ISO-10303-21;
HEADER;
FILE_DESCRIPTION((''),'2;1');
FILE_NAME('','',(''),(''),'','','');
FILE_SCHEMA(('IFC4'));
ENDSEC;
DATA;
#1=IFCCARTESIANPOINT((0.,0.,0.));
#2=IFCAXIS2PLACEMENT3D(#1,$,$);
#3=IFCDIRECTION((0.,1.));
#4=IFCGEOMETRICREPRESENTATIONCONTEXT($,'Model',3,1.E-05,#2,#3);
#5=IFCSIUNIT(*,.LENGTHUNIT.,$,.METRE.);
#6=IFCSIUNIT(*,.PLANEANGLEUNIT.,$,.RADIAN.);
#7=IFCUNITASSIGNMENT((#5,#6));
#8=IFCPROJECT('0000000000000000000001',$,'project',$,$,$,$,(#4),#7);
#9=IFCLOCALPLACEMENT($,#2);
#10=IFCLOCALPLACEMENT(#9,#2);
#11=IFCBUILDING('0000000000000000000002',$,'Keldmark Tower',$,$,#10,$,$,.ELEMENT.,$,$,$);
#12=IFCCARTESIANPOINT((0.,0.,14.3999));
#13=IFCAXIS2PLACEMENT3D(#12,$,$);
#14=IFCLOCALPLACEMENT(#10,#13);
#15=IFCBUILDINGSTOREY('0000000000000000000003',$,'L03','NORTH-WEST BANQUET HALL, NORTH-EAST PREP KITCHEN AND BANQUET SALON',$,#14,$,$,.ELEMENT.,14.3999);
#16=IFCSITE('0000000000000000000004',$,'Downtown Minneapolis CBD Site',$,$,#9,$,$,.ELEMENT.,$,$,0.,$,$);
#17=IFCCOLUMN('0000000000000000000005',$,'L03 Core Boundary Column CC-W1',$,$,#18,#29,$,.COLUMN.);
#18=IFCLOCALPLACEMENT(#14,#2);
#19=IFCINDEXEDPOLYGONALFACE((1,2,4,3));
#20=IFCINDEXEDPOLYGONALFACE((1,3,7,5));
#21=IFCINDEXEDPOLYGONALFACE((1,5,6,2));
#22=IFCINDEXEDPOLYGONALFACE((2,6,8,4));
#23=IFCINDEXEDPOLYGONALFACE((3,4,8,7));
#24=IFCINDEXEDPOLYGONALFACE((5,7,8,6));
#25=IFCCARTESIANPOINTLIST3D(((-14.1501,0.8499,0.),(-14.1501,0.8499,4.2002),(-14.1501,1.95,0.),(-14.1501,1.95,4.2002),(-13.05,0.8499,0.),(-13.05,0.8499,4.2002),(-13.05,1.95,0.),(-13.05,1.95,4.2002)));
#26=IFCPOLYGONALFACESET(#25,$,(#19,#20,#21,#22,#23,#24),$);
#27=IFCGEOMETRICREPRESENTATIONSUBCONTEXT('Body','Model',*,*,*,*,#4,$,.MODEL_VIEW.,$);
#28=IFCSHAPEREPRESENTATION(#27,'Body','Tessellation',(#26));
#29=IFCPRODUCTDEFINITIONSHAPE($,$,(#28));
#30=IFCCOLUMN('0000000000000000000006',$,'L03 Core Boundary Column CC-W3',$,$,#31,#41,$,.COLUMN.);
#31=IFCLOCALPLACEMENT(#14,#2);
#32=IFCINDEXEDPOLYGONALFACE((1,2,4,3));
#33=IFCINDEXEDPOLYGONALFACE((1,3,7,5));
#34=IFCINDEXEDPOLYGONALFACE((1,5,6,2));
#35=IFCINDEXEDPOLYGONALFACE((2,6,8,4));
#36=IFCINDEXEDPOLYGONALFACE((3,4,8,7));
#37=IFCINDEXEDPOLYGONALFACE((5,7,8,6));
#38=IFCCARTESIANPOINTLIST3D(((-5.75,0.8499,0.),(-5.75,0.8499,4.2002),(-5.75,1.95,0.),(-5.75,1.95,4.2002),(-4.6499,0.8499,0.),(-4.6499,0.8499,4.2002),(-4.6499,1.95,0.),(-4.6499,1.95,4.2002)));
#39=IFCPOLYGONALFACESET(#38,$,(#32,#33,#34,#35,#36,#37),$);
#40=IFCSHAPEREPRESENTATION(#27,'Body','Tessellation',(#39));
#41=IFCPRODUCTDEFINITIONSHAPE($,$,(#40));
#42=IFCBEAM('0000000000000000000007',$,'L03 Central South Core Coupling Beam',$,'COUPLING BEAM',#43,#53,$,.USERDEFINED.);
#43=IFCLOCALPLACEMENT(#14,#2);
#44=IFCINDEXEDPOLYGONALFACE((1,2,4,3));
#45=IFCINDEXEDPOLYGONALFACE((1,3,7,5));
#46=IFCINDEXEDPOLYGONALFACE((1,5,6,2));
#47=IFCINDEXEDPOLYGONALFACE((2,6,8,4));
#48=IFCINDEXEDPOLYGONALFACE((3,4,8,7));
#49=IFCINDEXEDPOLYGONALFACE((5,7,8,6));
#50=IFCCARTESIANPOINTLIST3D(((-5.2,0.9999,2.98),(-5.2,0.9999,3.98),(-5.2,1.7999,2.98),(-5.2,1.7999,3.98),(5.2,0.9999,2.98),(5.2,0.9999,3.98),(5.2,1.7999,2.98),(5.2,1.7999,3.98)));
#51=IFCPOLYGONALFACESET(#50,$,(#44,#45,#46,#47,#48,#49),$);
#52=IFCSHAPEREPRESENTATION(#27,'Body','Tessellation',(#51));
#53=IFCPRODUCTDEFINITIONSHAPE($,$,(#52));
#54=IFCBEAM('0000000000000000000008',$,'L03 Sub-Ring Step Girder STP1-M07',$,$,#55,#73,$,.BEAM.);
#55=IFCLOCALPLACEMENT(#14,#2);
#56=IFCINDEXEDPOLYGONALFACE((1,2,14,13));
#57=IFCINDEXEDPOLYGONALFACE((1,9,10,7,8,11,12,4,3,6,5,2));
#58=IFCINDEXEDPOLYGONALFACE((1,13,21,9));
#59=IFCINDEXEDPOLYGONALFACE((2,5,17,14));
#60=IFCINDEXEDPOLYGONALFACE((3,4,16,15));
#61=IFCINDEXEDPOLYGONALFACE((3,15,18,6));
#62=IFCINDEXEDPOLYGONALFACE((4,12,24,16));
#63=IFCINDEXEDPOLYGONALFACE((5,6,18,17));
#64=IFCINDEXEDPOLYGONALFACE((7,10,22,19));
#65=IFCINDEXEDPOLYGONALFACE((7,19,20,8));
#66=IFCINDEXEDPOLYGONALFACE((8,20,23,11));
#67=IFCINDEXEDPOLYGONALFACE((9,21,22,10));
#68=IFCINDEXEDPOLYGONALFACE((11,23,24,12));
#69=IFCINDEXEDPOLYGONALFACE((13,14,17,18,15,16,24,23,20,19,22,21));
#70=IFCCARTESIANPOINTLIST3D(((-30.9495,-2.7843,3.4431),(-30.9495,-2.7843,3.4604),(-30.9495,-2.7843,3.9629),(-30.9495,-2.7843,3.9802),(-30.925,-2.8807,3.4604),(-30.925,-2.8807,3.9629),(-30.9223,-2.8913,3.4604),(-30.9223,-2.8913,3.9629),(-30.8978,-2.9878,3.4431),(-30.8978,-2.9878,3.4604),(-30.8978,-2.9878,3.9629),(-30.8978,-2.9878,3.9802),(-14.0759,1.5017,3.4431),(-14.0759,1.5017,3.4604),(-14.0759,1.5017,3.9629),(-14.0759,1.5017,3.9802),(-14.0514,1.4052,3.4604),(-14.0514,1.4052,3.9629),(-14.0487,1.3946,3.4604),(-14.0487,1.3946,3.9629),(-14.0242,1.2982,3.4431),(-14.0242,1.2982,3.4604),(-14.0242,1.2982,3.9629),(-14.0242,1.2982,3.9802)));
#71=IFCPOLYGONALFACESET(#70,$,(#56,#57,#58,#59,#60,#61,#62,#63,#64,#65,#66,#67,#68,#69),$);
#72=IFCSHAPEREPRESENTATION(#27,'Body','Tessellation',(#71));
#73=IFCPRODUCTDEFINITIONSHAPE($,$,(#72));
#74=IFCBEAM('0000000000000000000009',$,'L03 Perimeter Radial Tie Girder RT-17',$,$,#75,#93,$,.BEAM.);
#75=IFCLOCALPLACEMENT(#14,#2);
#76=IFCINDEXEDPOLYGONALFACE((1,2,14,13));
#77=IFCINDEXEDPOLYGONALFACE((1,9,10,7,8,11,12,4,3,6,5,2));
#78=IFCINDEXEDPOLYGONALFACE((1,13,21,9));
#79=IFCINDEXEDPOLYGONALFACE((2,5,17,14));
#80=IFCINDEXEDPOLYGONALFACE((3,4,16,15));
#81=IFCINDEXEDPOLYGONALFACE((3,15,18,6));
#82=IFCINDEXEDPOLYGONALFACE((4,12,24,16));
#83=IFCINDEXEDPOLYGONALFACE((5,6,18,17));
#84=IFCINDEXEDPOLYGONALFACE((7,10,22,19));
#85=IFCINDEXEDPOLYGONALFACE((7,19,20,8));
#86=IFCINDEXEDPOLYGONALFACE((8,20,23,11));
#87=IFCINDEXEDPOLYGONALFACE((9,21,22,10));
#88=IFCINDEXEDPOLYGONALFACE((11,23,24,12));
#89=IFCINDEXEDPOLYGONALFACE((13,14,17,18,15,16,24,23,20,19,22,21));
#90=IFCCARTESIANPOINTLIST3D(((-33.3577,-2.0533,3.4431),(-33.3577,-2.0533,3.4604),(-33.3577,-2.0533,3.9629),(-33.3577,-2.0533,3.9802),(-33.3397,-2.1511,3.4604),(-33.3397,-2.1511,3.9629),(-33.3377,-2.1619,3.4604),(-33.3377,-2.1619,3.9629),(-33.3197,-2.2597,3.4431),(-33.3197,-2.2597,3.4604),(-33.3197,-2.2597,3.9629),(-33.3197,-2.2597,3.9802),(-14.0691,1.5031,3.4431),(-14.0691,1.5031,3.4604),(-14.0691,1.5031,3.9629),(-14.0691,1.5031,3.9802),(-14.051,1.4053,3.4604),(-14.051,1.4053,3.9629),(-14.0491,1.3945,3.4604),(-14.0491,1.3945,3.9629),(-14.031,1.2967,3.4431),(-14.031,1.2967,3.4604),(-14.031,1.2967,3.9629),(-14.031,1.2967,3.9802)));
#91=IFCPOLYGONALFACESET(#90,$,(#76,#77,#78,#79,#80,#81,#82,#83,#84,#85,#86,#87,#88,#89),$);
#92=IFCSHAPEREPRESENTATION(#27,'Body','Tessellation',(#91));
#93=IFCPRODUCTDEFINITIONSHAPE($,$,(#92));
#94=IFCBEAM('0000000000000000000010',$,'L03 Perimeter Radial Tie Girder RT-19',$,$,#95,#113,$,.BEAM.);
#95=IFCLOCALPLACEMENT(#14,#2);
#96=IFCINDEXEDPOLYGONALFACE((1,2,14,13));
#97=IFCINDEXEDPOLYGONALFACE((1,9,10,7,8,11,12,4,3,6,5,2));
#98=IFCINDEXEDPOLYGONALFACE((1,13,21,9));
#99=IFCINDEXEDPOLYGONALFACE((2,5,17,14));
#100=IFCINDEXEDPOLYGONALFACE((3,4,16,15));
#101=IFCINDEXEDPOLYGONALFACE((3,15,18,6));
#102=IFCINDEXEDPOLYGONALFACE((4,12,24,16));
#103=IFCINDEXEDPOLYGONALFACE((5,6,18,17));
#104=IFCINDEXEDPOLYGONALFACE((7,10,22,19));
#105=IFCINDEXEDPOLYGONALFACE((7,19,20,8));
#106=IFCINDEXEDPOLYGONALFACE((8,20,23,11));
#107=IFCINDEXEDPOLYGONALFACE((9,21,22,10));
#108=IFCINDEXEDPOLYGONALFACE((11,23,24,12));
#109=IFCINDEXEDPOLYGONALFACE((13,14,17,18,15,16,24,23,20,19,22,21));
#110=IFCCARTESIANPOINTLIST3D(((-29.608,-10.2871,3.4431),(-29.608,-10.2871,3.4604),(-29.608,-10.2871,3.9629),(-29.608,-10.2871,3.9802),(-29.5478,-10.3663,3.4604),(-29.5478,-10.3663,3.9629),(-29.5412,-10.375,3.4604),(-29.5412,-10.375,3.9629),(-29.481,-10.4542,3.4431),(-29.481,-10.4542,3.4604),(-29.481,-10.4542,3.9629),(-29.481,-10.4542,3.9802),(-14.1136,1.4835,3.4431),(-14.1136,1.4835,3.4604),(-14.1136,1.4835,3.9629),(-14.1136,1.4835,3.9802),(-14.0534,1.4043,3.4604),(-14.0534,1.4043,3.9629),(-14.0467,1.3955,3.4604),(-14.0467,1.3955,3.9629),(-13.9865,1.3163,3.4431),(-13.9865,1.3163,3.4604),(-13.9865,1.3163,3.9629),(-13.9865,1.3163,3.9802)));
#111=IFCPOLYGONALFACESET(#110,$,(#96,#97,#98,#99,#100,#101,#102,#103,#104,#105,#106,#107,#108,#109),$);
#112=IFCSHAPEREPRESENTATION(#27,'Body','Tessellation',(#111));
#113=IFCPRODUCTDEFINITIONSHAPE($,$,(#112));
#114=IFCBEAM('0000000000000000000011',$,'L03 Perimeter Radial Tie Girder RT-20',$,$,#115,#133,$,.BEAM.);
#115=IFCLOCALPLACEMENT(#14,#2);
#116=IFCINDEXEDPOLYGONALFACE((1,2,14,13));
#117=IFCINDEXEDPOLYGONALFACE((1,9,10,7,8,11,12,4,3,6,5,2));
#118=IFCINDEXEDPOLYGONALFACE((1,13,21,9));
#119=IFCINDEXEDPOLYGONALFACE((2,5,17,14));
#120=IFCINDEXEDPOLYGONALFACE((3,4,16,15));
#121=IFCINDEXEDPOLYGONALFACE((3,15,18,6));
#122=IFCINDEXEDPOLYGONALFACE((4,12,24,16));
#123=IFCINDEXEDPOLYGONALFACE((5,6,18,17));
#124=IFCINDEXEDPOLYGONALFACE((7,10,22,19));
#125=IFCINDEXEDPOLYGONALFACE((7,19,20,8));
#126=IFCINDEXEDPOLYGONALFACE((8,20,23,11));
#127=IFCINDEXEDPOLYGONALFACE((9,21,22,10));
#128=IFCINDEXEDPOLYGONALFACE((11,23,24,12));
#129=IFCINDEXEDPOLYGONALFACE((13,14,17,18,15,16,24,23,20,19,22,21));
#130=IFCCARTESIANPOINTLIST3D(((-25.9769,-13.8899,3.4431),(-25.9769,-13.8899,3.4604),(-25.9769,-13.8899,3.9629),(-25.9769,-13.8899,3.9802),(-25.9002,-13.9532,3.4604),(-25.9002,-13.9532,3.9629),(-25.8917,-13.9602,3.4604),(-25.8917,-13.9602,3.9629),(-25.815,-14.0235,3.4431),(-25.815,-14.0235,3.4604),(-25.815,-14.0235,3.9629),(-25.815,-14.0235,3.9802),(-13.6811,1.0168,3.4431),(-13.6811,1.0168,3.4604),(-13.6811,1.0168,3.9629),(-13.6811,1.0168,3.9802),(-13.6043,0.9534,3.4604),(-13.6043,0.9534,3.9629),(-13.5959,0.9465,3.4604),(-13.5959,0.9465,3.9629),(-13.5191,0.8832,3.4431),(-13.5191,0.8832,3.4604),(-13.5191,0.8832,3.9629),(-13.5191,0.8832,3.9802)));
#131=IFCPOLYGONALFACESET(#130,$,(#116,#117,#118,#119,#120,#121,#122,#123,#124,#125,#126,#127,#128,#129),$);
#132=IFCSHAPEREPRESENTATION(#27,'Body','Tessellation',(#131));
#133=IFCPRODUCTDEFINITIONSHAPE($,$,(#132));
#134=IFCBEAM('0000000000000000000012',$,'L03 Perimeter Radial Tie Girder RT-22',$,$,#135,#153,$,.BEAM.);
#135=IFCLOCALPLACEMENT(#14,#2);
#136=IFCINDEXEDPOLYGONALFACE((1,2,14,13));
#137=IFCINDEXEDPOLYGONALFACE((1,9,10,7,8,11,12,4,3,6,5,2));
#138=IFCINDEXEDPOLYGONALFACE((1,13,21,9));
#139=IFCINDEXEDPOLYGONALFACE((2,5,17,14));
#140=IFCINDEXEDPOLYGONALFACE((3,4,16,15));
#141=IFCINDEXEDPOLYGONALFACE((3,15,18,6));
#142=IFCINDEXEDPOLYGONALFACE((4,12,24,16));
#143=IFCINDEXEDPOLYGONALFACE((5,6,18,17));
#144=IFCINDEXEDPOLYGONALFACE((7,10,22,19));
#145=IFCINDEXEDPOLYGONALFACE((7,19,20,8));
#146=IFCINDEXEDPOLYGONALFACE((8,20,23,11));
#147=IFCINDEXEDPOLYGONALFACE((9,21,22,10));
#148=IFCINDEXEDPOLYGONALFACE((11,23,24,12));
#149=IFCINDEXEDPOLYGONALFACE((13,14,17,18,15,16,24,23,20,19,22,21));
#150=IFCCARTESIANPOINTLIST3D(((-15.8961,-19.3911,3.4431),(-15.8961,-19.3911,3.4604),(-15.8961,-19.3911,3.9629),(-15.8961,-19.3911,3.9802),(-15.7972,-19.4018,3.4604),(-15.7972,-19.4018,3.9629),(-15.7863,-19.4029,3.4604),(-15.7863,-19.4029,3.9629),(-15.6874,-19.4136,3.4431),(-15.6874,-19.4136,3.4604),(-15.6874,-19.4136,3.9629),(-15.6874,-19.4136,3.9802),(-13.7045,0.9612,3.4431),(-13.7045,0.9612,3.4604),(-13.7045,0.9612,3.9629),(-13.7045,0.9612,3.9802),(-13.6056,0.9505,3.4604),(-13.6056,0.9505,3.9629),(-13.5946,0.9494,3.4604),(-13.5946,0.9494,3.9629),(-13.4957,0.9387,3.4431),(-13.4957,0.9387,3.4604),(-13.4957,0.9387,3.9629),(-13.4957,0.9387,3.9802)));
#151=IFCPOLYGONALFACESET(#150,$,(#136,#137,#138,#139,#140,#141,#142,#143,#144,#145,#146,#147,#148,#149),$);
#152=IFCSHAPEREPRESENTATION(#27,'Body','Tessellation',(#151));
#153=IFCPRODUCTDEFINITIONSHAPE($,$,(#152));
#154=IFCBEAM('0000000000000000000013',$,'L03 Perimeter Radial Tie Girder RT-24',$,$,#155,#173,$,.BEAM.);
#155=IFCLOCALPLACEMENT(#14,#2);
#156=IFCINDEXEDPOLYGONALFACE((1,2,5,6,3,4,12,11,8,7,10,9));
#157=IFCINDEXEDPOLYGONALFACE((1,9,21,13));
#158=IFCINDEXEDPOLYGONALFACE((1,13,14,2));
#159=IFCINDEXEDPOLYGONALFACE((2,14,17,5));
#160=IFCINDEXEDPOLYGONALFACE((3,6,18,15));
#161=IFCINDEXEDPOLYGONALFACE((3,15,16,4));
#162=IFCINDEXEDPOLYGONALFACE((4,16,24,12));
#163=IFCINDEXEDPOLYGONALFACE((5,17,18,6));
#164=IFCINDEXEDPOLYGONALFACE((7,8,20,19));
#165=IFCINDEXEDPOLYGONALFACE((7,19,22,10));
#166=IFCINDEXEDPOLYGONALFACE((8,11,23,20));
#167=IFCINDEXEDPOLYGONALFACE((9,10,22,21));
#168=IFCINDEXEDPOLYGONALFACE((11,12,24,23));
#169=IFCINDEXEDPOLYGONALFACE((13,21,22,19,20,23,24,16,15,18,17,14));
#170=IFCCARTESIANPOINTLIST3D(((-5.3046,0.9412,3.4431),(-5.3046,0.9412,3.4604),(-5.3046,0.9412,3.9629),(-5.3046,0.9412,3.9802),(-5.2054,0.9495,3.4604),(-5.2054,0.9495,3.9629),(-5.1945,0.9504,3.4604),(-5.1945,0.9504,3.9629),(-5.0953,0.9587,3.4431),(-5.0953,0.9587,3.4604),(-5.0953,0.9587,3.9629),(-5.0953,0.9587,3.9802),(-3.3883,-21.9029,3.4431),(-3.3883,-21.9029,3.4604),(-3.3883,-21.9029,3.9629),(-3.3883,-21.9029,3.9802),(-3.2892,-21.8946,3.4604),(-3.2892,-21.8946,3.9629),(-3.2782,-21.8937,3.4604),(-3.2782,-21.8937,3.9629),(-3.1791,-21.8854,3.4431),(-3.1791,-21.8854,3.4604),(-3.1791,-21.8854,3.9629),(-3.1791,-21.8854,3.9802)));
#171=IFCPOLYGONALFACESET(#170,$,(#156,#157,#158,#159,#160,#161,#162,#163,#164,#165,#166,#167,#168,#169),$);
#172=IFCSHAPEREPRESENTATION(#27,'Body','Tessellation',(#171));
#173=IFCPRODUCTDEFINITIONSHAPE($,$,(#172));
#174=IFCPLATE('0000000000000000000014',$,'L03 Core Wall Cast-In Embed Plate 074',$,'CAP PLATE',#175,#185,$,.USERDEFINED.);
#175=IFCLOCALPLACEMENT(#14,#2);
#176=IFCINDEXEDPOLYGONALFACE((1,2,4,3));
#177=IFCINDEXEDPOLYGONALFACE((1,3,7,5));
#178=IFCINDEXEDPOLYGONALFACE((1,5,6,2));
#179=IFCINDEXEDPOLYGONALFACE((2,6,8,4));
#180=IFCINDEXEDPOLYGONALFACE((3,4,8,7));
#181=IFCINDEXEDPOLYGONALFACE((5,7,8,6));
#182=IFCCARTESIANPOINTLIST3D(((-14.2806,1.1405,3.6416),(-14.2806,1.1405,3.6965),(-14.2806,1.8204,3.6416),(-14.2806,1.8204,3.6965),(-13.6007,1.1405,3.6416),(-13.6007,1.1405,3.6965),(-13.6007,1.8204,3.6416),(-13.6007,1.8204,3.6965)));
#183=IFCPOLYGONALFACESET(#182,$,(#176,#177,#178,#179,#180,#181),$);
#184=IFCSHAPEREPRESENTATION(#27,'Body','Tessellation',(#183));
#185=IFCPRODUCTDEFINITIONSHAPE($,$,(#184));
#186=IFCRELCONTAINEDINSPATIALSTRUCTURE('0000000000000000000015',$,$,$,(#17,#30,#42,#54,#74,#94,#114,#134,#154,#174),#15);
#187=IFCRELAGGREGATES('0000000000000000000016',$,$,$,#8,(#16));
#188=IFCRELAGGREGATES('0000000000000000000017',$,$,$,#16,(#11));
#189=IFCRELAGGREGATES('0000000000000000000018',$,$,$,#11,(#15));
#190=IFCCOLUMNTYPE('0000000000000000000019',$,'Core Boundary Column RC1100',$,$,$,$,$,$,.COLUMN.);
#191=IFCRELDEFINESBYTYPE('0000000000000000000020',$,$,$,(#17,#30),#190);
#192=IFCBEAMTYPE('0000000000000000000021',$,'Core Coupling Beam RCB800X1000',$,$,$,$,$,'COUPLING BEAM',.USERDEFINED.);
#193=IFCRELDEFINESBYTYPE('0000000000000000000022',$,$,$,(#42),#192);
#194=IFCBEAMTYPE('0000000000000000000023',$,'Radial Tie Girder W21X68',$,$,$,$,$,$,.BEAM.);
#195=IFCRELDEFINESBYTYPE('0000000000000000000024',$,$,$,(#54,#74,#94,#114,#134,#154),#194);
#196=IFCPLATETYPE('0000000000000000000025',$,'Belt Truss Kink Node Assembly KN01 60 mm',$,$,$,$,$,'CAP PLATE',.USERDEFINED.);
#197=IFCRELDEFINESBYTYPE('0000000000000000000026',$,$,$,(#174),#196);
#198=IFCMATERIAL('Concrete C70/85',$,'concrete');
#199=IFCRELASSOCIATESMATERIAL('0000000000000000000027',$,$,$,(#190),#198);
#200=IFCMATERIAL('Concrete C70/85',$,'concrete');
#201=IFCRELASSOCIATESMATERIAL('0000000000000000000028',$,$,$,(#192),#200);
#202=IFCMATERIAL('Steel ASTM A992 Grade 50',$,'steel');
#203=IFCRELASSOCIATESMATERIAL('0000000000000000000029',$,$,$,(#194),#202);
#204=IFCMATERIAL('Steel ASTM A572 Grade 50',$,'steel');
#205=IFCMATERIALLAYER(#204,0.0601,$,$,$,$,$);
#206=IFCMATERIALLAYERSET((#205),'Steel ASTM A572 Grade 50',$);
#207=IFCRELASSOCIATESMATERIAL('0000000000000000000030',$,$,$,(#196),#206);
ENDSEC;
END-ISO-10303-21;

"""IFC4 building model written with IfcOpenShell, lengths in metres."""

from ifc_helpers import new_model, si_unit, direction, frame, origin, origin_2d, place, context, subcontext, project, spatial, rectangle, i_section, extrude, material, layer, layer_set, material_profile, profile_set, type_object, element, save


model = new_model("IFC4")

# Units and contexts
model_context = context("Model", 3, precision=1e-05, world=origin(), true_north=direction((0.0, 1.0)))
body_context = subcontext(model_context, "Body", "Model", "MODEL_VIEW")
ifc_project = project(units=[si_unit("LENGTHUNIT", "METRE"), si_unit("PLANEANGLEUNIT", "RADIAN")], contexts=[model_context])

# Site, building, storey
site_placement = place(None, origin())
site = spatial("IfcSite", under=ifc_project, at=site_placement, Name="Downtown Minneapolis CBD Site", CompositionType="ELEMENT", RefElevation=0.0)
building_placement = place(site_placement, origin())
building = spatial("IfcBuilding", under=site, at=building_placement, Name="Keldmark Tower", CompositionType="ELEMENT")
storey_placement = place(building_placement, frame((0.0, 0.0, 14.3999)))
storey = spatial("IfcBuildingStorey", under=building, at=storey_placement, Name="L03", Description="NORTH-WEST BANQUET HALL, NORTH-EAST PREP KITCHEN AND BANQUET SALON", CompositionType="ELEMENT", Elevation=14.3999)

# Columns
ifc_material_1 = material(Name="Concrete C70/85", Category="concrete")
ifc_material_profile_1 = material_profile(ifc_material_1, rectangle(XDim=1.1001, YDim=1.1001, at=origin_2d()), Name="RC1100X1100")
ifc_profile_set_1 = profile_set([ifc_material_profile_1], Name="Concrete C70/85")
column_type = type_object("IfcColumnType", Name="Core Boundary Column RC1100", PredefinedType="COLUMN", material=ifc_profile_set_1)
for number, where, z_axis, x_axis, name in (
    (1, (-13.6001, 1.3999, 0.0), (0.0, 0.0, 1.0), (1.0, 0.0, 0.0), "L03 Core Boundary Column CC-W1"),
    (2, (-5.2, 1.3999, 0.0), (0.0, 0.0, 1.0), (1.0, 0.0, 0.0), "L03 Core Boundary Column CC-W3"),
):
    element("IfcColumn", number, at=place(storey_placement, frame(where, z_axis=z_axis, x_axis=x_axis)), inside=storey, type_object=column_type, Name=name, PredefinedType="COLUMN", context=body_context, shape_type="SweptSolid", body=[
        extrude(rectangle(XDim=1.1001, YDim=1.1001, at=origin_2d()), origin(), (0.0, 0.0, 1.0), 4.2002),
    ])

# Beams
ifc_material_2 = material(Name="Concrete C70/85", Category="concrete")
ifc_material_profile_2 = material_profile(ifc_material_2, rectangle(XDim=0.8, YDim=1.0, at=origin_2d()), Name="RCB800X1000")
ifc_profile_set_2 = profile_set([ifc_material_profile_2], Name="Concrete C70/85")
beam_type_1 = type_object("IfcBeamType", Name="Core Coupling Beam RCB800X1000", ElementType="COUPLING BEAM", PredefinedType="USERDEFINED", material=ifc_profile_set_2)
beam_1_placement = place(storey_placement, frame((-5.2, 1.3999, 3.48), z_axis=(1.0, 0.0, 0.0), x_axis=(0.0, 1.0, 0.0)))
element("IfcBeam", 3, at=beam_1_placement, inside=storey, type_object=beam_type_1, Name="L03 Central South Core Coupling Beam", ObjectType="COUPLING BEAM", PredefinedType="USERDEFINED", context=body_context, shape_type="SweptSolid", body=[
    extrude(rectangle(XDim=0.8, YDim=1.0, at=origin_2d()), origin(), (0.0, 0.0, 1.0), 10.3999),
])
ifc_material_3 = material(Name="Steel ASTM A992 Grade 50", Category="steel")
ifc_material_profile_3 = material_profile(ifc_material_3, i_section(OverallWidth=0.21, OverallDepth=0.5371, WebThickness=0.011, FlangeThickness=0.0173, at=origin_2d()), Name="W21X68")
ifc_profile_set_3 = profile_set([ifc_material_profile_3], Name="Steel ASTM A992 Grade 50")
beam_type_2 = type_object("IfcBeamType", Name="Radial Tie Girder W21X68", PredefinedType="BEAM", material=ifc_profile_set_3)
beam_2_placement = place(storey_placement, frame((-14.05, 1.3999, 3.7117), z_axis=(-0.969223, -0.246183, 0.0), x_axis=(0.246183, -0.969223, 0.0)))
element("IfcBeam", 4, at=beam_2_placement, inside=storey, type_object=beam_type_2, Name="L03 Sub-Ring Step Girder STP1-M07", PredefinedType="BEAM", context=body_context, shape_type="SweptSolid", body=[
    extrude(i_section(OverallWidth=0.21, OverallDepth=0.5371, WebThickness=0.011, FlangeThickness=0.0173, at=origin_2d()), origin(), (0.0, 0.0, 1.0), 17.4094),
])
beam_3_placement = place(storey_placement, frame((-14.05, 1.3999, 3.7117), z_axis=(-0.983424, -0.181322, 0.0), x_axis=(0.181322, -0.983424, 0.0)))
element("IfcBeam", 5, at=beam_3_placement, inside=storey, type_object=beam_type_2, Name="L03 Perimeter Radial Tie Girder RT-17", PredefinedType="BEAM", context=body_context, shape_type="SweptSolid", body=[
    extrude(i_section(OverallWidth=0.21, OverallDepth=0.5371, WebThickness=0.011, FlangeThickness=0.0173, at=origin_2d()), origin(), (0.0, 0.0, 1.0), 19.6138),
])
beam_4_placement = place(storey_placement, frame((-14.05, 1.3999, 3.7117), z_axis=(-0.796292, -0.604913, 0.0), x_axis=(0.604913, -0.796292, 0.0)))
element("IfcBeam", 6, at=beam_4_placement, inside=storey, type_object=beam_type_2, Name="L03 Perimeter Radial Tie Girder RT-19", PredefinedType="BEAM", context=body_context, shape_type="SweptSolid", body=[
    extrude(i_section(OverallWidth=0.21, OverallDepth=0.5371, WebThickness=0.011, FlangeThickness=0.0173, at=origin_2d()), origin(), (0.0, 0.0, 1.0), 19.4583),
])
beam_5_placement = place(storey_placement, frame((-13.6001, 0.95, 3.7117), z_axis=(-0.636316, -0.771428, 0.0), x_axis=(0.771428, -0.636316, 0.0)))
element("IfcBeam", 7, at=beam_5_placement, inside=storey, type_object=beam_type_2, Name="L03 Perimeter Radial Tie Girder RT-20", PredefinedType="BEAM", context=body_context, shape_type="SweptSolid", body=[
    extrude(i_section(OverallWidth=0.21, OverallDepth=0.5371, WebThickness=0.011, FlangeThickness=0.0173, at=origin_2d()), origin(), (0.0, 0.0, 1.0), 19.3235),
])
beam_6_placement = place(storey_placement, frame((-13.6001, 0.95, 3.7117), z_axis=(-0.107067, -0.994252, 0.0), x_axis=(0.994252, -0.107067, 0.0)))
element("IfcBeam", 8, at=beam_6_placement, inside=storey, type_object=beam_type_2, Name="L03 Perimeter Radial Tie Girder RT-22", PredefinedType="BEAM", context=body_context, shape_type="SweptSolid", body=[
    extrude(i_section(OverallWidth=0.21, OverallDepth=0.5371, WebThickness=0.011, FlangeThickness=0.0173, at=origin_2d()), origin(), (0.0, 0.0, 1.0), 20.47),
])
beam_7_placement = place(storey_placement, frame((-5.2, 0.95, 3.7117), z_axis=(0.083591, -0.9965, 0.0), x_axis=(0.9965, 0.083591, 0.0)))
element("IfcBeam", 9, at=beam_7_placement, inside=storey, type_object=beam_type_2, Name="L03 Perimeter Radial Tie Girder RT-24", PredefinedType="BEAM", context=body_context, shape_type="SweptSolid", body=[
    extrude(i_section(OverallWidth=0.21, OverallDepth=0.5371, WebThickness=0.011, FlangeThickness=0.0173, at=origin_2d()), origin(), (0.0, 0.0, 1.0), 22.9243),
])

# Plate
ifc_material_4 = material(Name="Steel ASTM A572 Grade 50", Category="steel")
ifc_layer_1 = layer(ifc_material_4, 0.0601)
ifc_layer_set_1 = layer_set([ifc_layer_1], Name="Steel ASTM A572 Grade 50")
plate_type = type_object("IfcPlateType", Name="Belt Truss Kink Node Assembly KN01 60 mm", ElementType="CAP PLATE", PredefinedType="USERDEFINED", material=ifc_layer_set_1)
for number, where, z_axis, x_axis, name in (
    (10, (-13.9407, 1.4805, 3.6416), (0.0, 0.0, 1.0), (1.0, 0.0, 0.0), "L03 Core Wall Cast-In Embed Plate 074"),
):
    element("IfcPlate", number, at=place(storey_placement, frame(where, z_axis=z_axis, x_axis=x_axis)), inside=storey, type_object=plate_type, Name=name, ObjectType="CAP PLATE", PredefinedType="USERDEFINED", context=body_context, shape_type="SweptSolid", body=[
        extrude(rectangle(XDim=0.6799, YDim=0.6799, at=origin_2d()), origin(), (0.0, 0.0, 1.0), 0.0549),
    ])

save(model, "model.ifc")
